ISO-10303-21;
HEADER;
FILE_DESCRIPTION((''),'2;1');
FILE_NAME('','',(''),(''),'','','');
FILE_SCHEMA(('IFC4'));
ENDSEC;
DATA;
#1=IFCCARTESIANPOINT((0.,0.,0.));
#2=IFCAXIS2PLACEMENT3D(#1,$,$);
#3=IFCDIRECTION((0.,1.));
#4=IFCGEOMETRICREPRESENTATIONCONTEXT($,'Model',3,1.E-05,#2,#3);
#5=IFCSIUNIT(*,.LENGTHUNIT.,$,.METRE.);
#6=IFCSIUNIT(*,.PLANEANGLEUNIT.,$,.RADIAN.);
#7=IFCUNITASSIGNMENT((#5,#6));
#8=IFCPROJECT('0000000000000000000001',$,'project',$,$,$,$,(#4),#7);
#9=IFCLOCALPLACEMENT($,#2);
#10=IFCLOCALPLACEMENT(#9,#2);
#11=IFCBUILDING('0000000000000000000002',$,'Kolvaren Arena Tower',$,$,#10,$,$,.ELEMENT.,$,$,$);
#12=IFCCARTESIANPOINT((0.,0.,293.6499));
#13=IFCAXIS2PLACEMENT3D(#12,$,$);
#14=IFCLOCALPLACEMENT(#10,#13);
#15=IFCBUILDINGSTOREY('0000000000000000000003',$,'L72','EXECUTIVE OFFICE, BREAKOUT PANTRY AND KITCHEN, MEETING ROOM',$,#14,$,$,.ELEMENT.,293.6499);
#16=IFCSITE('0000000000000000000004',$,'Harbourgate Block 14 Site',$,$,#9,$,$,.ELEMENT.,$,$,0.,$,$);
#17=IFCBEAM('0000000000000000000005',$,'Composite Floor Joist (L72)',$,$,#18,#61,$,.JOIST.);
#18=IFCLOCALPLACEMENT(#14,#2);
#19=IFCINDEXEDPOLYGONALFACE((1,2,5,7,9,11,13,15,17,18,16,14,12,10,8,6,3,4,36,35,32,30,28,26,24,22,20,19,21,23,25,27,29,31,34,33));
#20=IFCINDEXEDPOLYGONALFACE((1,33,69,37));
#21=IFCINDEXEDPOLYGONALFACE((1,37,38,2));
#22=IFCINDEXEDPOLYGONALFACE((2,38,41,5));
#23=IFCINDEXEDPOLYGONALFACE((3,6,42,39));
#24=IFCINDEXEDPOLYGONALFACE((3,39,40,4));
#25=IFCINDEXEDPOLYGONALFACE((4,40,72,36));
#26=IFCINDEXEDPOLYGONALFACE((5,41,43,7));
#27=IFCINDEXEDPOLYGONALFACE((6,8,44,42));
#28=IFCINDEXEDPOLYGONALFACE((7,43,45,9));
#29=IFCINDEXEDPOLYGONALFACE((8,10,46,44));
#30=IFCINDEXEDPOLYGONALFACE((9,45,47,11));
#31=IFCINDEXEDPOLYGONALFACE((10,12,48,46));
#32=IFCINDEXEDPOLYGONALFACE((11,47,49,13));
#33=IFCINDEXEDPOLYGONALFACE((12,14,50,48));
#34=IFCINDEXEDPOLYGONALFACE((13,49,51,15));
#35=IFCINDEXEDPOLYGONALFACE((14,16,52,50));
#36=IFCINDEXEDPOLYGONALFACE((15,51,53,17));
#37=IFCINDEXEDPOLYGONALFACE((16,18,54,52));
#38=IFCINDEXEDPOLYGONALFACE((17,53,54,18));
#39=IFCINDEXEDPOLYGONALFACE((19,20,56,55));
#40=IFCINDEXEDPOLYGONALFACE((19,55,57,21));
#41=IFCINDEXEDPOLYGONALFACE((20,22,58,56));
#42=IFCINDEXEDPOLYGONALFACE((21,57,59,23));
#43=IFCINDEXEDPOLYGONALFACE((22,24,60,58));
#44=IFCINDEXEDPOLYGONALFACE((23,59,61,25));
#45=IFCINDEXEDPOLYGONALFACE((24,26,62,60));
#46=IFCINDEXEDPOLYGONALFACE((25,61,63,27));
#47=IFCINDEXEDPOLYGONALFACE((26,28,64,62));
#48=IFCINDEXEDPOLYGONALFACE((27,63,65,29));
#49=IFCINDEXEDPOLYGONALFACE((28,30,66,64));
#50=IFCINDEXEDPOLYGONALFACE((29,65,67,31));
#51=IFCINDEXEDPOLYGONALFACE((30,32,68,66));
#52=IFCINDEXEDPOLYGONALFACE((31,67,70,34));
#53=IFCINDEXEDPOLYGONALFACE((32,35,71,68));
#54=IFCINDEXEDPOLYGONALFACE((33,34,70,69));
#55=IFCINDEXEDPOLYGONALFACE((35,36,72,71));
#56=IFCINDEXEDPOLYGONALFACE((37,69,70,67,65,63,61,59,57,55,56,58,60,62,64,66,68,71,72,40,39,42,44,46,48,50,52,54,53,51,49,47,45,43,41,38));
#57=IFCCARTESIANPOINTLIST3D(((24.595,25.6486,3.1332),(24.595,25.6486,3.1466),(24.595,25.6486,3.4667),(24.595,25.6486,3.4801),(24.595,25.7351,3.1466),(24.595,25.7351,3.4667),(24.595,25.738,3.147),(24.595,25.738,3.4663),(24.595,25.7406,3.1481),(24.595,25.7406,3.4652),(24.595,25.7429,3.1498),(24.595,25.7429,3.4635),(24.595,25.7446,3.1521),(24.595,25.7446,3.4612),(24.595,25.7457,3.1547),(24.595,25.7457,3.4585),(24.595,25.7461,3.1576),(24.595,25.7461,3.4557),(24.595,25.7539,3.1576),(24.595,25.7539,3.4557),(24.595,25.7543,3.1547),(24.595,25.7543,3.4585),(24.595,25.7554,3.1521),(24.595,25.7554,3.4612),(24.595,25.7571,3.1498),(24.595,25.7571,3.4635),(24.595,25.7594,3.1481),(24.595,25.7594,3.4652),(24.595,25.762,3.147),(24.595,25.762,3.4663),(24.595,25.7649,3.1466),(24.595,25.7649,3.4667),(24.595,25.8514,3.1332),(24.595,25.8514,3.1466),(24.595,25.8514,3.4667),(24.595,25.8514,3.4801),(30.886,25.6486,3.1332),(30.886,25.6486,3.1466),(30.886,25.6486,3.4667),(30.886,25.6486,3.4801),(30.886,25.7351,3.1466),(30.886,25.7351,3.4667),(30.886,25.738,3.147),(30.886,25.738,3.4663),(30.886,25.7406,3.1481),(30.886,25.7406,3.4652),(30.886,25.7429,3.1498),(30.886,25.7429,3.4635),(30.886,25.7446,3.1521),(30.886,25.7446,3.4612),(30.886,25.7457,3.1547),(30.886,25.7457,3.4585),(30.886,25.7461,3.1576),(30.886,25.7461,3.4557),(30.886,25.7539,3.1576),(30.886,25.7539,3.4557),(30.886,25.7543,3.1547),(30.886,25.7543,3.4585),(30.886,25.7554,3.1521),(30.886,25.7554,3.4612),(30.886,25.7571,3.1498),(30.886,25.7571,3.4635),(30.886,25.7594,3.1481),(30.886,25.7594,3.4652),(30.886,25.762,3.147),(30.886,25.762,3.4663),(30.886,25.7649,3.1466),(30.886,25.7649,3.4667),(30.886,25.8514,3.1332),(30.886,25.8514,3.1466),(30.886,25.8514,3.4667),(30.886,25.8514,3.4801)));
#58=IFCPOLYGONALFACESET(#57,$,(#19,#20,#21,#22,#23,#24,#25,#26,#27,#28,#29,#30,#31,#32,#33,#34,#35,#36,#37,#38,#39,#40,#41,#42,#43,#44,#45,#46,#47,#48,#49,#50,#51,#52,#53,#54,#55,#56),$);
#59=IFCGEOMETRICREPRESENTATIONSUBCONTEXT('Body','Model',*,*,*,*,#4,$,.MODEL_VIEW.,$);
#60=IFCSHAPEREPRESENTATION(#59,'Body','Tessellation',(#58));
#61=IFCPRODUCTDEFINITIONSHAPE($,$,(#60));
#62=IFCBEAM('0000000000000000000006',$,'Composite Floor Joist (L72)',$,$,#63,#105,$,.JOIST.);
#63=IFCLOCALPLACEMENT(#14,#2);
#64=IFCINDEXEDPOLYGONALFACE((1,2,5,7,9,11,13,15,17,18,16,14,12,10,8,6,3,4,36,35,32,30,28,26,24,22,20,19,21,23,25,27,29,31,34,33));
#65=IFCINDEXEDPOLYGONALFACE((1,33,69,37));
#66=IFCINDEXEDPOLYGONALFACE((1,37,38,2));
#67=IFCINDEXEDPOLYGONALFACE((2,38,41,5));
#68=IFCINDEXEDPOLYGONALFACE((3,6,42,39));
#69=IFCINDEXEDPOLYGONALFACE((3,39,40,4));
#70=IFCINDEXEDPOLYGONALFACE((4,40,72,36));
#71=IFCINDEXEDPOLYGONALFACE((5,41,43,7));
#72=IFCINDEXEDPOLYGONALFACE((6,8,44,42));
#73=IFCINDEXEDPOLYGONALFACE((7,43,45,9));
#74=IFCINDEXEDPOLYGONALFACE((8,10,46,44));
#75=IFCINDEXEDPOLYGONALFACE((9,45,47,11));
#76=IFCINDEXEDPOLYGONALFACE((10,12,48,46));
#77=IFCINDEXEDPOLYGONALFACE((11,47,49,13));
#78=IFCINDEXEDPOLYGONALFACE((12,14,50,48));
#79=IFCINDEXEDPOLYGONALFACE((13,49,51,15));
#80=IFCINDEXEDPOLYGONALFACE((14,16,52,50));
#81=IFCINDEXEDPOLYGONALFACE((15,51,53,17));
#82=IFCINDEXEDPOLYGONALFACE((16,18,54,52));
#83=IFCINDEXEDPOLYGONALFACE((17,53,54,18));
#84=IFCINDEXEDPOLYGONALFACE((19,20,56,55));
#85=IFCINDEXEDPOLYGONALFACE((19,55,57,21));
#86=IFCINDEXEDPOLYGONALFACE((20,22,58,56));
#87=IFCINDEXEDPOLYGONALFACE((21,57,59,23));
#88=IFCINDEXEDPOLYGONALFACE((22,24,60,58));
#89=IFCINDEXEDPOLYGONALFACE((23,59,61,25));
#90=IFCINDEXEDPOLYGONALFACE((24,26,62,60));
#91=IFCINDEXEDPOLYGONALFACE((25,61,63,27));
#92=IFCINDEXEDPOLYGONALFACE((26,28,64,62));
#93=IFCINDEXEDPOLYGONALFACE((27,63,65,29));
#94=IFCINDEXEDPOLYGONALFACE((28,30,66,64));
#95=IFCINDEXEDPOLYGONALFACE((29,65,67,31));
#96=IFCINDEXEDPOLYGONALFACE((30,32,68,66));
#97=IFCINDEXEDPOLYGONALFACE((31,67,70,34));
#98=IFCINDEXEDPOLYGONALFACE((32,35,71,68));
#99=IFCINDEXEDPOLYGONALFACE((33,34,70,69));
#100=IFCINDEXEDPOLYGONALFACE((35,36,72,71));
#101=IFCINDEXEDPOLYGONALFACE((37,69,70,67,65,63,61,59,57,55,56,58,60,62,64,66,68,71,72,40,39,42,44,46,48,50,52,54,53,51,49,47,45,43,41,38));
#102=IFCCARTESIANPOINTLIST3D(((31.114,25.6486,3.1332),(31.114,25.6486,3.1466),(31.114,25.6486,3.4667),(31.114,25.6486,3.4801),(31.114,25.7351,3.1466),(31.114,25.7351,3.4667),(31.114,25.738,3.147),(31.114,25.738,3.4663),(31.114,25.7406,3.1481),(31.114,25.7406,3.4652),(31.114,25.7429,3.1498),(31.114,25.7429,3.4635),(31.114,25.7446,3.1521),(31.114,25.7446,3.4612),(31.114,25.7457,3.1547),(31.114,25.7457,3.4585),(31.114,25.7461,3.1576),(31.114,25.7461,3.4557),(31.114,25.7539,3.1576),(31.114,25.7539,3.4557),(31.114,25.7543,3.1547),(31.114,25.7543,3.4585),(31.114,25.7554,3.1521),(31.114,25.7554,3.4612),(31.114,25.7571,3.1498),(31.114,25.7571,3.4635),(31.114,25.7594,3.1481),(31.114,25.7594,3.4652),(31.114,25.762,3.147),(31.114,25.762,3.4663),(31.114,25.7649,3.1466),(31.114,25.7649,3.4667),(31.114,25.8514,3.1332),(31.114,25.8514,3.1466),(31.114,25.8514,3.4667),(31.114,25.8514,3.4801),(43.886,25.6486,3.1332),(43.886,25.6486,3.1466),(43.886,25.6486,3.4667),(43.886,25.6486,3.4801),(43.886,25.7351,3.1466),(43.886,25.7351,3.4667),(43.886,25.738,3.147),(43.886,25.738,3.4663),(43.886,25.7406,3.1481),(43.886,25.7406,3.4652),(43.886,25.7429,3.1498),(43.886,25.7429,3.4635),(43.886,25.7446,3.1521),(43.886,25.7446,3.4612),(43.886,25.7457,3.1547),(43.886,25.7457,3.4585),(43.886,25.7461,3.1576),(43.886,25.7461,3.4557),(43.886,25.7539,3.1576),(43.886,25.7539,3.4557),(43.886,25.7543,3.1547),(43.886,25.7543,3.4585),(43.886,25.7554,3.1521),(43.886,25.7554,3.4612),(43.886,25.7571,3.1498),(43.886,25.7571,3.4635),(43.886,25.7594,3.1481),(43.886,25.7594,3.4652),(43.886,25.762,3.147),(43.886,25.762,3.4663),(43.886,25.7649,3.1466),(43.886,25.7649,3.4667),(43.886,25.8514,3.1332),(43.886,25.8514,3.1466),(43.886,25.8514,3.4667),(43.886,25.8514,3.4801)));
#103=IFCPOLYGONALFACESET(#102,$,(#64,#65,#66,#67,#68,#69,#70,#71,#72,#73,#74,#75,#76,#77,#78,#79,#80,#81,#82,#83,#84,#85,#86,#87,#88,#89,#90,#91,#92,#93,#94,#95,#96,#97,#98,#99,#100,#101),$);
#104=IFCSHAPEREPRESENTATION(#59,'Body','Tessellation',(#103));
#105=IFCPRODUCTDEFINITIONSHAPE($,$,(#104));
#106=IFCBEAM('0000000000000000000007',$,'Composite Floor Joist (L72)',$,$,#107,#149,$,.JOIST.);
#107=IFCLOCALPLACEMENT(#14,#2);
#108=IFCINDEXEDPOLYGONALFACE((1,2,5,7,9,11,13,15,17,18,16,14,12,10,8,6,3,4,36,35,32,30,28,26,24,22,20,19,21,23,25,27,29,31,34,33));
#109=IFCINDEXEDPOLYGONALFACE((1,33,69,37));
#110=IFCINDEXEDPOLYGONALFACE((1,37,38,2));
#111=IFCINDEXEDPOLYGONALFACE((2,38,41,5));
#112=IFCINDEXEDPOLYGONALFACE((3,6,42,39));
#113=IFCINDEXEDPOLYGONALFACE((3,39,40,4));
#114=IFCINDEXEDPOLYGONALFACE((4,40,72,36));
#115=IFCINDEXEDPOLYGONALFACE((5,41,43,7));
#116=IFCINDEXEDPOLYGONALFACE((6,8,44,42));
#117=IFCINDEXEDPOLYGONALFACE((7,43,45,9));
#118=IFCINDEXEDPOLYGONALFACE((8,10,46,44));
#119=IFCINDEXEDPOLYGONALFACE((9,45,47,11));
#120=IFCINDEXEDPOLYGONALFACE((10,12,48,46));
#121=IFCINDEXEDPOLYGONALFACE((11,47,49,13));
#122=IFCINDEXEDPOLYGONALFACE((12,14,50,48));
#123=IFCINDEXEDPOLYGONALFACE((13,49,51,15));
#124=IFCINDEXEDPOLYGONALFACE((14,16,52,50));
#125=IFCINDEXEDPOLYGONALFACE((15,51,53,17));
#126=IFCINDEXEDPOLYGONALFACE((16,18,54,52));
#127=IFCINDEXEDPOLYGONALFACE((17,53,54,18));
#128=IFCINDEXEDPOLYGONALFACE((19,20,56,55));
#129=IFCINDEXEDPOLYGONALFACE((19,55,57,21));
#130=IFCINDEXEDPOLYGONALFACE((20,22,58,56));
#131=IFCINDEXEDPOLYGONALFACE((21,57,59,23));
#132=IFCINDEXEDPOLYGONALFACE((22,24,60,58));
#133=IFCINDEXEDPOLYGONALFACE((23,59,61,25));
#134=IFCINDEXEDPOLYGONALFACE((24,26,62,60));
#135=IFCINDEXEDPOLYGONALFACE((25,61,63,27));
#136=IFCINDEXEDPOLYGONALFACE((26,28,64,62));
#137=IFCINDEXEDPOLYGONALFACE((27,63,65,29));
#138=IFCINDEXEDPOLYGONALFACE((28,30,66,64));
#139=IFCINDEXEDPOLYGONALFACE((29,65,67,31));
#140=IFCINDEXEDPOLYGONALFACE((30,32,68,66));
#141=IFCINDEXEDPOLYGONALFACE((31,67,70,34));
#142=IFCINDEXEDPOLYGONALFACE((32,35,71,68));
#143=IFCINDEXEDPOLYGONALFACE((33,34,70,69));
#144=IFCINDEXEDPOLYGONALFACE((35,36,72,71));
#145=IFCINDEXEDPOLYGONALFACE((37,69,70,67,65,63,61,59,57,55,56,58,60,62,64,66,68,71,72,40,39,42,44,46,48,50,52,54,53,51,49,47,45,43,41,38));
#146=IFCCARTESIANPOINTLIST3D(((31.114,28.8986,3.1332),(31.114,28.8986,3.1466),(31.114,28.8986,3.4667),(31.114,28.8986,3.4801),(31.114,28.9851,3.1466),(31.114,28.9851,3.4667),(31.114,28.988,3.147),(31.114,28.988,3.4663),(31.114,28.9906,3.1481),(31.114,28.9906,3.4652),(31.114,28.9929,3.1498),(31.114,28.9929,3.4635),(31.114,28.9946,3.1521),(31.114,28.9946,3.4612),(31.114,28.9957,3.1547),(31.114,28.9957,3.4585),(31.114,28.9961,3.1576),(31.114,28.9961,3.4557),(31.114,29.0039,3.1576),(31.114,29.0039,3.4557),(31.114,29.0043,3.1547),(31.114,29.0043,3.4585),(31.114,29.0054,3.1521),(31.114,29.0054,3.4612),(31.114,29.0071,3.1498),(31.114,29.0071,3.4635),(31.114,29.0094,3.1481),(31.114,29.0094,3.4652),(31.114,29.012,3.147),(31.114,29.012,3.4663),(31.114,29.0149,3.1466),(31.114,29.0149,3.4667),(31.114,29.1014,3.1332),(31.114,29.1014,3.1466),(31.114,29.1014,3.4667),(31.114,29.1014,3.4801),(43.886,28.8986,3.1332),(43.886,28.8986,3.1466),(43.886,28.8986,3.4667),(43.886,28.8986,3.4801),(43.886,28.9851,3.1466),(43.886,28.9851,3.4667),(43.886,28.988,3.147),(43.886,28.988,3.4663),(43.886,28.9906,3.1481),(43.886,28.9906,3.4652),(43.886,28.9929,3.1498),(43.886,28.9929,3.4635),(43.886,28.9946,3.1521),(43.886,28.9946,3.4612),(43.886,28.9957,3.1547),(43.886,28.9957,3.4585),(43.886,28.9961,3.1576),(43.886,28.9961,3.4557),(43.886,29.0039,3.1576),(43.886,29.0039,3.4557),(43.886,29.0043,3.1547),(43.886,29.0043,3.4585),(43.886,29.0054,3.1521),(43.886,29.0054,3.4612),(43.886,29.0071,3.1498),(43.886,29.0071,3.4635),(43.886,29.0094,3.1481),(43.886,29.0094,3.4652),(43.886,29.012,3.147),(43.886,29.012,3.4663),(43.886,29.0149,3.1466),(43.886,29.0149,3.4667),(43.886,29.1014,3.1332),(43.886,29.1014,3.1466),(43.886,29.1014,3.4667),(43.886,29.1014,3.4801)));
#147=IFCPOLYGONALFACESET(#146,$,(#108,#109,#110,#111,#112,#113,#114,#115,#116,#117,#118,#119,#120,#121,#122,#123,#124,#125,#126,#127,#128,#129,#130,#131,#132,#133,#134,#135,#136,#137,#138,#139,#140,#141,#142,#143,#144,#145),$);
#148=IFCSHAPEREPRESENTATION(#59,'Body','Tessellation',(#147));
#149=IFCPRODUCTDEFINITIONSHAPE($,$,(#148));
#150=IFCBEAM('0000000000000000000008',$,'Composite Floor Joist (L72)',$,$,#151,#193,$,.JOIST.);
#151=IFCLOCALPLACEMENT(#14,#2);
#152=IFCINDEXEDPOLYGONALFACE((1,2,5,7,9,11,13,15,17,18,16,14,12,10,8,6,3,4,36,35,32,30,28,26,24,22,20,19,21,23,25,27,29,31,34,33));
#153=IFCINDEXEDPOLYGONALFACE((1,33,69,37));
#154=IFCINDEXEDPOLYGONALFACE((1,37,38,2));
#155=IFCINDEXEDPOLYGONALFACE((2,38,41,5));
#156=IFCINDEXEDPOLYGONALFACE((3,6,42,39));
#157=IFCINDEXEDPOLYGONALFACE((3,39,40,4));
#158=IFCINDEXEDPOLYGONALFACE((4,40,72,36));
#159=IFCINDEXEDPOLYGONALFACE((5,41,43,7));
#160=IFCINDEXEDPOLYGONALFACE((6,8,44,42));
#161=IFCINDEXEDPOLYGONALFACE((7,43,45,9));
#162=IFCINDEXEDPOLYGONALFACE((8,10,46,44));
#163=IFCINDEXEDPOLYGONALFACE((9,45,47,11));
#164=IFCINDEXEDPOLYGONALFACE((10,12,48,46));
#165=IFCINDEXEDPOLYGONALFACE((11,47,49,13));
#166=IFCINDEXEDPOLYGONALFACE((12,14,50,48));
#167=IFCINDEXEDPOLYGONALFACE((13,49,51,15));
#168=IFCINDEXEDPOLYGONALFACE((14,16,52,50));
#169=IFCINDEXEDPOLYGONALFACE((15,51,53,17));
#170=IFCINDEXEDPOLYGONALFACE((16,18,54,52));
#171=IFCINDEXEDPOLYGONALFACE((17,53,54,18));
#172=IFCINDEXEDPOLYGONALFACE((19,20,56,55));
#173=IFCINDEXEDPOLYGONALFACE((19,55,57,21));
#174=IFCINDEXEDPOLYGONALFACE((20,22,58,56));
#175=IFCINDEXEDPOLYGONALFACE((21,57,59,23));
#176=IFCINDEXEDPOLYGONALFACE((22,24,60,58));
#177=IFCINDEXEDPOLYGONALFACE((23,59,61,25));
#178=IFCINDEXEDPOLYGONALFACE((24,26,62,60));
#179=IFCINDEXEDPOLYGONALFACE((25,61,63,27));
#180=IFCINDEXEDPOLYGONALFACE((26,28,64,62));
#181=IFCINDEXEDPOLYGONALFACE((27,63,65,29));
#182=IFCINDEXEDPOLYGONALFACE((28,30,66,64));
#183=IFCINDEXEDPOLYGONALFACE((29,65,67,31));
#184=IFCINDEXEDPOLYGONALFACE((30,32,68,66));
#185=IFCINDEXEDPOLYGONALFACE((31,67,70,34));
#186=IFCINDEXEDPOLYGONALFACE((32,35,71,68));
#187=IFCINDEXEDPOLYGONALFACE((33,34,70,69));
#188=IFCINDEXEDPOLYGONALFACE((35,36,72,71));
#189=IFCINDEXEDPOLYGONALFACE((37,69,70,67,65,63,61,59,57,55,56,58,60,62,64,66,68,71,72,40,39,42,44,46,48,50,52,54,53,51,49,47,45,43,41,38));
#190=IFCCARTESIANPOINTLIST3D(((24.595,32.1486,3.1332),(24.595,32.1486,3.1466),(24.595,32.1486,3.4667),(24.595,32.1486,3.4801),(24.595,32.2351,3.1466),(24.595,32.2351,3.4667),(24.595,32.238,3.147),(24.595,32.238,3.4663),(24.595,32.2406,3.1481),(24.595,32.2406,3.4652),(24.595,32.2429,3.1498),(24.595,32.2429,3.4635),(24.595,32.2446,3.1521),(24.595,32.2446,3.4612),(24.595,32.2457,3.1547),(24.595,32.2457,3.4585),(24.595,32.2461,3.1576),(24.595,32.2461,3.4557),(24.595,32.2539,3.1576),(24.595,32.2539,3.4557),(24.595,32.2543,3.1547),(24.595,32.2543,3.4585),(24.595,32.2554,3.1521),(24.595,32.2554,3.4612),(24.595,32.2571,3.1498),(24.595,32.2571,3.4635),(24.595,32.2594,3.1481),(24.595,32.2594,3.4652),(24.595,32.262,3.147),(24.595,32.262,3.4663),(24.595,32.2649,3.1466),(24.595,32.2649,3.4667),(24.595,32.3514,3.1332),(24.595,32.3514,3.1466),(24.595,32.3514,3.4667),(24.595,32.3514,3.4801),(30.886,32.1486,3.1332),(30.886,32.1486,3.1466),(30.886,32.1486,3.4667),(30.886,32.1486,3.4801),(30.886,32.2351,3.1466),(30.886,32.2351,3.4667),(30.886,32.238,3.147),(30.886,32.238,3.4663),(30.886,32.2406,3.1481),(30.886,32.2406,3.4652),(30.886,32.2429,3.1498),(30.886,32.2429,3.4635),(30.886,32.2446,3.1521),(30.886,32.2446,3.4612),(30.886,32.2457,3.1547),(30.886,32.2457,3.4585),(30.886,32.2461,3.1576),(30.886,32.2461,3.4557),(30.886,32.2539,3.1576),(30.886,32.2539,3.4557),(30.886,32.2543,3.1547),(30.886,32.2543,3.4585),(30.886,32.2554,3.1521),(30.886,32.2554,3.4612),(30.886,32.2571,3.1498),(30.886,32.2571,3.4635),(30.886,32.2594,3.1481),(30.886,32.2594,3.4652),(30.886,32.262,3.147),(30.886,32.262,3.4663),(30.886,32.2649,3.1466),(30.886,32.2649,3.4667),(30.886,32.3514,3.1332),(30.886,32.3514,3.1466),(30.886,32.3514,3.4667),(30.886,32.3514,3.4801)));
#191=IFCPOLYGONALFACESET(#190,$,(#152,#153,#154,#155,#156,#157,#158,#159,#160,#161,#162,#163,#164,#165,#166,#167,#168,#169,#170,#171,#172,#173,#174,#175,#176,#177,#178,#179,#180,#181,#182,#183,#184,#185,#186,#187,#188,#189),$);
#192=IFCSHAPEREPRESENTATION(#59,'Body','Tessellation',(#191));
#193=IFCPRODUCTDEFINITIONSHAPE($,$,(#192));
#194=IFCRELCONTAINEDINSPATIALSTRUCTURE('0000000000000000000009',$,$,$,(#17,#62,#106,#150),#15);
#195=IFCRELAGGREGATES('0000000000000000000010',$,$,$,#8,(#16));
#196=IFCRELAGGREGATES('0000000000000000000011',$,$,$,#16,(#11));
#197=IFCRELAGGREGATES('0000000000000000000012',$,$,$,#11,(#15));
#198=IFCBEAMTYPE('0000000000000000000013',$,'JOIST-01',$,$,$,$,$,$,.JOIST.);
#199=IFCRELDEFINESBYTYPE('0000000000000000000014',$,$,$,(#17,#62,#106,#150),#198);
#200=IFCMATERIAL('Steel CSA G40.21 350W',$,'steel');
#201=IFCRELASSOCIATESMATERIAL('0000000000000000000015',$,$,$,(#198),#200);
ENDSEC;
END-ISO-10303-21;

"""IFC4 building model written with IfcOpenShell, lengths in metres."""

from ifc_helpers import new_model, si_unit, direction, frame, origin, origin_2d, place, context, subcontext, project, spatial, i_section, extrude, material, material_profile, profile_set, type_object, element, save


model = new_model("IFC4")

# Units and contexts
model_context = context("Model", 3, precision=1e-05, world=origin(), true_north=direction((0.0, 1.0)))
body_context = subcontext(model_context, "Body", "Model", "MODEL_VIEW")
ifc_project = project(units=[si_unit("LENGTHUNIT", "METRE"), si_unit("PLANEANGLEUNIT", "RADIAN")], contexts=[model_context])

# Site, building, storey
site_placement = place(None, origin())
site = spatial("IfcSite", under=ifc_project, at=site_placement, Name="Harbourgate Block 14 Site", CompositionType="ELEMENT", RefElevation=0.0)
building_placement = place(site_placement, origin())
building = spatial("IfcBuilding", under=site, at=building_placement, Name="Kolvaren Arena Tower", CompositionType="ELEMENT")
storey_placement = place(building_placement, frame((0.0, 0.0, 293.6499)))
storey = spatial("IfcBuildingStorey", under=building, at=storey_placement, Name="L72", Description="EXECUTIVE OFFICE, BREAKOUT PANTRY AND KITCHEN, MEETING ROOM", CompositionType="ELEMENT", Elevation=293.6499)

# Beams
ifc_material_1 = material(Name="Steel CSA G40.21 350W", Category="steel")
ifc_material_profile_1 = material_profile(ifc_material_1, i_section(OverallWidth=0.2029, OverallDepth=0.3469, WebThickness=0.0078, FlangeThickness=0.0134, FilletRadius=0.011, at=origin_2d()), Name="W360x64")
ifc_profile_set_1 = profile_set([ifc_material_profile_1], Name="Steel CSA G40.21 350W")
beam_type_1 = type_object("IfcBeamType", Name="JOIST-01", PredefinedType="JOIST", material=ifc_profile_set_1)
beam_1_placement = place(storey_placement, frame((24.595, 25.75, 3.3066), z_axis=(1.0, 0.0, 0.0), x_axis=(0.0, 1.0, 0.0)))
element("IfcBeam", 1, at=beam_1_placement, inside=storey, type_object=beam_type_1, Name="Composite Floor Joist (L72)", PredefinedType="JOIST", context=body_context, shape_type="SweptSolid", body=[
    extrude(i_section(OverallWidth=0.2029, OverallDepth=0.3469, WebThickness=0.0078, FlangeThickness=0.0134, FilletRadius=0.011, at=origin_2d()), origin(), (0.0, 0.0, 1.0), 6.291),
])
for number, where, z_axis, x_axis, name in (
    (2, (31.114, 25.75, 3.3066), (1.0, 0.0, 0.0), (0.0, 1.0, 0.0), "Composite Floor Joist (L72)"),
    (3, (31.114, 29.0, 3.3066), (1.0, 0.0, 0.0), (0.0, 1.0, 0.0), "Composite Floor Joist (L72)"),
):
    element("IfcBeam", number, at=place(storey_placement, frame(where, z_axis=z_axis, x_axis=x_axis)), inside=storey, type_object=beam_type_1, Name=name, PredefinedType="JOIST", context=body_context, shape_type="SweptSolid", body=[
        extrude(i_section(OverallWidth=0.2029, OverallDepth=0.3469, WebThickness=0.0078, FlangeThickness=0.0134, FilletRadius=0.011, at=origin_2d()), origin(), (0.0, 0.0, 1.0), 12.772),
    ])
beam_2_placement = place(storey_placement, frame((24.595, 32.25, 3.3066), z_axis=(1.0, 0.0, 0.0), x_axis=(0.0, 1.0, 0.0)))
element("IfcBeam", 4, at=beam_2_placement, inside=storey, type_object=beam_type_1, Name="Composite Floor Joist (L72)", PredefinedType="JOIST", context=body_context, shape_type="SweptSolid", body=[
    extrude(i_section(OverallWidth=0.2029, OverallDepth=0.3469, WebThickness=0.0078, FlangeThickness=0.0134, FilletRadius=0.011, at=origin_2d()), origin(), (0.0, 0.0, 1.0), 6.291),
])

save(model, "model.ifc")
